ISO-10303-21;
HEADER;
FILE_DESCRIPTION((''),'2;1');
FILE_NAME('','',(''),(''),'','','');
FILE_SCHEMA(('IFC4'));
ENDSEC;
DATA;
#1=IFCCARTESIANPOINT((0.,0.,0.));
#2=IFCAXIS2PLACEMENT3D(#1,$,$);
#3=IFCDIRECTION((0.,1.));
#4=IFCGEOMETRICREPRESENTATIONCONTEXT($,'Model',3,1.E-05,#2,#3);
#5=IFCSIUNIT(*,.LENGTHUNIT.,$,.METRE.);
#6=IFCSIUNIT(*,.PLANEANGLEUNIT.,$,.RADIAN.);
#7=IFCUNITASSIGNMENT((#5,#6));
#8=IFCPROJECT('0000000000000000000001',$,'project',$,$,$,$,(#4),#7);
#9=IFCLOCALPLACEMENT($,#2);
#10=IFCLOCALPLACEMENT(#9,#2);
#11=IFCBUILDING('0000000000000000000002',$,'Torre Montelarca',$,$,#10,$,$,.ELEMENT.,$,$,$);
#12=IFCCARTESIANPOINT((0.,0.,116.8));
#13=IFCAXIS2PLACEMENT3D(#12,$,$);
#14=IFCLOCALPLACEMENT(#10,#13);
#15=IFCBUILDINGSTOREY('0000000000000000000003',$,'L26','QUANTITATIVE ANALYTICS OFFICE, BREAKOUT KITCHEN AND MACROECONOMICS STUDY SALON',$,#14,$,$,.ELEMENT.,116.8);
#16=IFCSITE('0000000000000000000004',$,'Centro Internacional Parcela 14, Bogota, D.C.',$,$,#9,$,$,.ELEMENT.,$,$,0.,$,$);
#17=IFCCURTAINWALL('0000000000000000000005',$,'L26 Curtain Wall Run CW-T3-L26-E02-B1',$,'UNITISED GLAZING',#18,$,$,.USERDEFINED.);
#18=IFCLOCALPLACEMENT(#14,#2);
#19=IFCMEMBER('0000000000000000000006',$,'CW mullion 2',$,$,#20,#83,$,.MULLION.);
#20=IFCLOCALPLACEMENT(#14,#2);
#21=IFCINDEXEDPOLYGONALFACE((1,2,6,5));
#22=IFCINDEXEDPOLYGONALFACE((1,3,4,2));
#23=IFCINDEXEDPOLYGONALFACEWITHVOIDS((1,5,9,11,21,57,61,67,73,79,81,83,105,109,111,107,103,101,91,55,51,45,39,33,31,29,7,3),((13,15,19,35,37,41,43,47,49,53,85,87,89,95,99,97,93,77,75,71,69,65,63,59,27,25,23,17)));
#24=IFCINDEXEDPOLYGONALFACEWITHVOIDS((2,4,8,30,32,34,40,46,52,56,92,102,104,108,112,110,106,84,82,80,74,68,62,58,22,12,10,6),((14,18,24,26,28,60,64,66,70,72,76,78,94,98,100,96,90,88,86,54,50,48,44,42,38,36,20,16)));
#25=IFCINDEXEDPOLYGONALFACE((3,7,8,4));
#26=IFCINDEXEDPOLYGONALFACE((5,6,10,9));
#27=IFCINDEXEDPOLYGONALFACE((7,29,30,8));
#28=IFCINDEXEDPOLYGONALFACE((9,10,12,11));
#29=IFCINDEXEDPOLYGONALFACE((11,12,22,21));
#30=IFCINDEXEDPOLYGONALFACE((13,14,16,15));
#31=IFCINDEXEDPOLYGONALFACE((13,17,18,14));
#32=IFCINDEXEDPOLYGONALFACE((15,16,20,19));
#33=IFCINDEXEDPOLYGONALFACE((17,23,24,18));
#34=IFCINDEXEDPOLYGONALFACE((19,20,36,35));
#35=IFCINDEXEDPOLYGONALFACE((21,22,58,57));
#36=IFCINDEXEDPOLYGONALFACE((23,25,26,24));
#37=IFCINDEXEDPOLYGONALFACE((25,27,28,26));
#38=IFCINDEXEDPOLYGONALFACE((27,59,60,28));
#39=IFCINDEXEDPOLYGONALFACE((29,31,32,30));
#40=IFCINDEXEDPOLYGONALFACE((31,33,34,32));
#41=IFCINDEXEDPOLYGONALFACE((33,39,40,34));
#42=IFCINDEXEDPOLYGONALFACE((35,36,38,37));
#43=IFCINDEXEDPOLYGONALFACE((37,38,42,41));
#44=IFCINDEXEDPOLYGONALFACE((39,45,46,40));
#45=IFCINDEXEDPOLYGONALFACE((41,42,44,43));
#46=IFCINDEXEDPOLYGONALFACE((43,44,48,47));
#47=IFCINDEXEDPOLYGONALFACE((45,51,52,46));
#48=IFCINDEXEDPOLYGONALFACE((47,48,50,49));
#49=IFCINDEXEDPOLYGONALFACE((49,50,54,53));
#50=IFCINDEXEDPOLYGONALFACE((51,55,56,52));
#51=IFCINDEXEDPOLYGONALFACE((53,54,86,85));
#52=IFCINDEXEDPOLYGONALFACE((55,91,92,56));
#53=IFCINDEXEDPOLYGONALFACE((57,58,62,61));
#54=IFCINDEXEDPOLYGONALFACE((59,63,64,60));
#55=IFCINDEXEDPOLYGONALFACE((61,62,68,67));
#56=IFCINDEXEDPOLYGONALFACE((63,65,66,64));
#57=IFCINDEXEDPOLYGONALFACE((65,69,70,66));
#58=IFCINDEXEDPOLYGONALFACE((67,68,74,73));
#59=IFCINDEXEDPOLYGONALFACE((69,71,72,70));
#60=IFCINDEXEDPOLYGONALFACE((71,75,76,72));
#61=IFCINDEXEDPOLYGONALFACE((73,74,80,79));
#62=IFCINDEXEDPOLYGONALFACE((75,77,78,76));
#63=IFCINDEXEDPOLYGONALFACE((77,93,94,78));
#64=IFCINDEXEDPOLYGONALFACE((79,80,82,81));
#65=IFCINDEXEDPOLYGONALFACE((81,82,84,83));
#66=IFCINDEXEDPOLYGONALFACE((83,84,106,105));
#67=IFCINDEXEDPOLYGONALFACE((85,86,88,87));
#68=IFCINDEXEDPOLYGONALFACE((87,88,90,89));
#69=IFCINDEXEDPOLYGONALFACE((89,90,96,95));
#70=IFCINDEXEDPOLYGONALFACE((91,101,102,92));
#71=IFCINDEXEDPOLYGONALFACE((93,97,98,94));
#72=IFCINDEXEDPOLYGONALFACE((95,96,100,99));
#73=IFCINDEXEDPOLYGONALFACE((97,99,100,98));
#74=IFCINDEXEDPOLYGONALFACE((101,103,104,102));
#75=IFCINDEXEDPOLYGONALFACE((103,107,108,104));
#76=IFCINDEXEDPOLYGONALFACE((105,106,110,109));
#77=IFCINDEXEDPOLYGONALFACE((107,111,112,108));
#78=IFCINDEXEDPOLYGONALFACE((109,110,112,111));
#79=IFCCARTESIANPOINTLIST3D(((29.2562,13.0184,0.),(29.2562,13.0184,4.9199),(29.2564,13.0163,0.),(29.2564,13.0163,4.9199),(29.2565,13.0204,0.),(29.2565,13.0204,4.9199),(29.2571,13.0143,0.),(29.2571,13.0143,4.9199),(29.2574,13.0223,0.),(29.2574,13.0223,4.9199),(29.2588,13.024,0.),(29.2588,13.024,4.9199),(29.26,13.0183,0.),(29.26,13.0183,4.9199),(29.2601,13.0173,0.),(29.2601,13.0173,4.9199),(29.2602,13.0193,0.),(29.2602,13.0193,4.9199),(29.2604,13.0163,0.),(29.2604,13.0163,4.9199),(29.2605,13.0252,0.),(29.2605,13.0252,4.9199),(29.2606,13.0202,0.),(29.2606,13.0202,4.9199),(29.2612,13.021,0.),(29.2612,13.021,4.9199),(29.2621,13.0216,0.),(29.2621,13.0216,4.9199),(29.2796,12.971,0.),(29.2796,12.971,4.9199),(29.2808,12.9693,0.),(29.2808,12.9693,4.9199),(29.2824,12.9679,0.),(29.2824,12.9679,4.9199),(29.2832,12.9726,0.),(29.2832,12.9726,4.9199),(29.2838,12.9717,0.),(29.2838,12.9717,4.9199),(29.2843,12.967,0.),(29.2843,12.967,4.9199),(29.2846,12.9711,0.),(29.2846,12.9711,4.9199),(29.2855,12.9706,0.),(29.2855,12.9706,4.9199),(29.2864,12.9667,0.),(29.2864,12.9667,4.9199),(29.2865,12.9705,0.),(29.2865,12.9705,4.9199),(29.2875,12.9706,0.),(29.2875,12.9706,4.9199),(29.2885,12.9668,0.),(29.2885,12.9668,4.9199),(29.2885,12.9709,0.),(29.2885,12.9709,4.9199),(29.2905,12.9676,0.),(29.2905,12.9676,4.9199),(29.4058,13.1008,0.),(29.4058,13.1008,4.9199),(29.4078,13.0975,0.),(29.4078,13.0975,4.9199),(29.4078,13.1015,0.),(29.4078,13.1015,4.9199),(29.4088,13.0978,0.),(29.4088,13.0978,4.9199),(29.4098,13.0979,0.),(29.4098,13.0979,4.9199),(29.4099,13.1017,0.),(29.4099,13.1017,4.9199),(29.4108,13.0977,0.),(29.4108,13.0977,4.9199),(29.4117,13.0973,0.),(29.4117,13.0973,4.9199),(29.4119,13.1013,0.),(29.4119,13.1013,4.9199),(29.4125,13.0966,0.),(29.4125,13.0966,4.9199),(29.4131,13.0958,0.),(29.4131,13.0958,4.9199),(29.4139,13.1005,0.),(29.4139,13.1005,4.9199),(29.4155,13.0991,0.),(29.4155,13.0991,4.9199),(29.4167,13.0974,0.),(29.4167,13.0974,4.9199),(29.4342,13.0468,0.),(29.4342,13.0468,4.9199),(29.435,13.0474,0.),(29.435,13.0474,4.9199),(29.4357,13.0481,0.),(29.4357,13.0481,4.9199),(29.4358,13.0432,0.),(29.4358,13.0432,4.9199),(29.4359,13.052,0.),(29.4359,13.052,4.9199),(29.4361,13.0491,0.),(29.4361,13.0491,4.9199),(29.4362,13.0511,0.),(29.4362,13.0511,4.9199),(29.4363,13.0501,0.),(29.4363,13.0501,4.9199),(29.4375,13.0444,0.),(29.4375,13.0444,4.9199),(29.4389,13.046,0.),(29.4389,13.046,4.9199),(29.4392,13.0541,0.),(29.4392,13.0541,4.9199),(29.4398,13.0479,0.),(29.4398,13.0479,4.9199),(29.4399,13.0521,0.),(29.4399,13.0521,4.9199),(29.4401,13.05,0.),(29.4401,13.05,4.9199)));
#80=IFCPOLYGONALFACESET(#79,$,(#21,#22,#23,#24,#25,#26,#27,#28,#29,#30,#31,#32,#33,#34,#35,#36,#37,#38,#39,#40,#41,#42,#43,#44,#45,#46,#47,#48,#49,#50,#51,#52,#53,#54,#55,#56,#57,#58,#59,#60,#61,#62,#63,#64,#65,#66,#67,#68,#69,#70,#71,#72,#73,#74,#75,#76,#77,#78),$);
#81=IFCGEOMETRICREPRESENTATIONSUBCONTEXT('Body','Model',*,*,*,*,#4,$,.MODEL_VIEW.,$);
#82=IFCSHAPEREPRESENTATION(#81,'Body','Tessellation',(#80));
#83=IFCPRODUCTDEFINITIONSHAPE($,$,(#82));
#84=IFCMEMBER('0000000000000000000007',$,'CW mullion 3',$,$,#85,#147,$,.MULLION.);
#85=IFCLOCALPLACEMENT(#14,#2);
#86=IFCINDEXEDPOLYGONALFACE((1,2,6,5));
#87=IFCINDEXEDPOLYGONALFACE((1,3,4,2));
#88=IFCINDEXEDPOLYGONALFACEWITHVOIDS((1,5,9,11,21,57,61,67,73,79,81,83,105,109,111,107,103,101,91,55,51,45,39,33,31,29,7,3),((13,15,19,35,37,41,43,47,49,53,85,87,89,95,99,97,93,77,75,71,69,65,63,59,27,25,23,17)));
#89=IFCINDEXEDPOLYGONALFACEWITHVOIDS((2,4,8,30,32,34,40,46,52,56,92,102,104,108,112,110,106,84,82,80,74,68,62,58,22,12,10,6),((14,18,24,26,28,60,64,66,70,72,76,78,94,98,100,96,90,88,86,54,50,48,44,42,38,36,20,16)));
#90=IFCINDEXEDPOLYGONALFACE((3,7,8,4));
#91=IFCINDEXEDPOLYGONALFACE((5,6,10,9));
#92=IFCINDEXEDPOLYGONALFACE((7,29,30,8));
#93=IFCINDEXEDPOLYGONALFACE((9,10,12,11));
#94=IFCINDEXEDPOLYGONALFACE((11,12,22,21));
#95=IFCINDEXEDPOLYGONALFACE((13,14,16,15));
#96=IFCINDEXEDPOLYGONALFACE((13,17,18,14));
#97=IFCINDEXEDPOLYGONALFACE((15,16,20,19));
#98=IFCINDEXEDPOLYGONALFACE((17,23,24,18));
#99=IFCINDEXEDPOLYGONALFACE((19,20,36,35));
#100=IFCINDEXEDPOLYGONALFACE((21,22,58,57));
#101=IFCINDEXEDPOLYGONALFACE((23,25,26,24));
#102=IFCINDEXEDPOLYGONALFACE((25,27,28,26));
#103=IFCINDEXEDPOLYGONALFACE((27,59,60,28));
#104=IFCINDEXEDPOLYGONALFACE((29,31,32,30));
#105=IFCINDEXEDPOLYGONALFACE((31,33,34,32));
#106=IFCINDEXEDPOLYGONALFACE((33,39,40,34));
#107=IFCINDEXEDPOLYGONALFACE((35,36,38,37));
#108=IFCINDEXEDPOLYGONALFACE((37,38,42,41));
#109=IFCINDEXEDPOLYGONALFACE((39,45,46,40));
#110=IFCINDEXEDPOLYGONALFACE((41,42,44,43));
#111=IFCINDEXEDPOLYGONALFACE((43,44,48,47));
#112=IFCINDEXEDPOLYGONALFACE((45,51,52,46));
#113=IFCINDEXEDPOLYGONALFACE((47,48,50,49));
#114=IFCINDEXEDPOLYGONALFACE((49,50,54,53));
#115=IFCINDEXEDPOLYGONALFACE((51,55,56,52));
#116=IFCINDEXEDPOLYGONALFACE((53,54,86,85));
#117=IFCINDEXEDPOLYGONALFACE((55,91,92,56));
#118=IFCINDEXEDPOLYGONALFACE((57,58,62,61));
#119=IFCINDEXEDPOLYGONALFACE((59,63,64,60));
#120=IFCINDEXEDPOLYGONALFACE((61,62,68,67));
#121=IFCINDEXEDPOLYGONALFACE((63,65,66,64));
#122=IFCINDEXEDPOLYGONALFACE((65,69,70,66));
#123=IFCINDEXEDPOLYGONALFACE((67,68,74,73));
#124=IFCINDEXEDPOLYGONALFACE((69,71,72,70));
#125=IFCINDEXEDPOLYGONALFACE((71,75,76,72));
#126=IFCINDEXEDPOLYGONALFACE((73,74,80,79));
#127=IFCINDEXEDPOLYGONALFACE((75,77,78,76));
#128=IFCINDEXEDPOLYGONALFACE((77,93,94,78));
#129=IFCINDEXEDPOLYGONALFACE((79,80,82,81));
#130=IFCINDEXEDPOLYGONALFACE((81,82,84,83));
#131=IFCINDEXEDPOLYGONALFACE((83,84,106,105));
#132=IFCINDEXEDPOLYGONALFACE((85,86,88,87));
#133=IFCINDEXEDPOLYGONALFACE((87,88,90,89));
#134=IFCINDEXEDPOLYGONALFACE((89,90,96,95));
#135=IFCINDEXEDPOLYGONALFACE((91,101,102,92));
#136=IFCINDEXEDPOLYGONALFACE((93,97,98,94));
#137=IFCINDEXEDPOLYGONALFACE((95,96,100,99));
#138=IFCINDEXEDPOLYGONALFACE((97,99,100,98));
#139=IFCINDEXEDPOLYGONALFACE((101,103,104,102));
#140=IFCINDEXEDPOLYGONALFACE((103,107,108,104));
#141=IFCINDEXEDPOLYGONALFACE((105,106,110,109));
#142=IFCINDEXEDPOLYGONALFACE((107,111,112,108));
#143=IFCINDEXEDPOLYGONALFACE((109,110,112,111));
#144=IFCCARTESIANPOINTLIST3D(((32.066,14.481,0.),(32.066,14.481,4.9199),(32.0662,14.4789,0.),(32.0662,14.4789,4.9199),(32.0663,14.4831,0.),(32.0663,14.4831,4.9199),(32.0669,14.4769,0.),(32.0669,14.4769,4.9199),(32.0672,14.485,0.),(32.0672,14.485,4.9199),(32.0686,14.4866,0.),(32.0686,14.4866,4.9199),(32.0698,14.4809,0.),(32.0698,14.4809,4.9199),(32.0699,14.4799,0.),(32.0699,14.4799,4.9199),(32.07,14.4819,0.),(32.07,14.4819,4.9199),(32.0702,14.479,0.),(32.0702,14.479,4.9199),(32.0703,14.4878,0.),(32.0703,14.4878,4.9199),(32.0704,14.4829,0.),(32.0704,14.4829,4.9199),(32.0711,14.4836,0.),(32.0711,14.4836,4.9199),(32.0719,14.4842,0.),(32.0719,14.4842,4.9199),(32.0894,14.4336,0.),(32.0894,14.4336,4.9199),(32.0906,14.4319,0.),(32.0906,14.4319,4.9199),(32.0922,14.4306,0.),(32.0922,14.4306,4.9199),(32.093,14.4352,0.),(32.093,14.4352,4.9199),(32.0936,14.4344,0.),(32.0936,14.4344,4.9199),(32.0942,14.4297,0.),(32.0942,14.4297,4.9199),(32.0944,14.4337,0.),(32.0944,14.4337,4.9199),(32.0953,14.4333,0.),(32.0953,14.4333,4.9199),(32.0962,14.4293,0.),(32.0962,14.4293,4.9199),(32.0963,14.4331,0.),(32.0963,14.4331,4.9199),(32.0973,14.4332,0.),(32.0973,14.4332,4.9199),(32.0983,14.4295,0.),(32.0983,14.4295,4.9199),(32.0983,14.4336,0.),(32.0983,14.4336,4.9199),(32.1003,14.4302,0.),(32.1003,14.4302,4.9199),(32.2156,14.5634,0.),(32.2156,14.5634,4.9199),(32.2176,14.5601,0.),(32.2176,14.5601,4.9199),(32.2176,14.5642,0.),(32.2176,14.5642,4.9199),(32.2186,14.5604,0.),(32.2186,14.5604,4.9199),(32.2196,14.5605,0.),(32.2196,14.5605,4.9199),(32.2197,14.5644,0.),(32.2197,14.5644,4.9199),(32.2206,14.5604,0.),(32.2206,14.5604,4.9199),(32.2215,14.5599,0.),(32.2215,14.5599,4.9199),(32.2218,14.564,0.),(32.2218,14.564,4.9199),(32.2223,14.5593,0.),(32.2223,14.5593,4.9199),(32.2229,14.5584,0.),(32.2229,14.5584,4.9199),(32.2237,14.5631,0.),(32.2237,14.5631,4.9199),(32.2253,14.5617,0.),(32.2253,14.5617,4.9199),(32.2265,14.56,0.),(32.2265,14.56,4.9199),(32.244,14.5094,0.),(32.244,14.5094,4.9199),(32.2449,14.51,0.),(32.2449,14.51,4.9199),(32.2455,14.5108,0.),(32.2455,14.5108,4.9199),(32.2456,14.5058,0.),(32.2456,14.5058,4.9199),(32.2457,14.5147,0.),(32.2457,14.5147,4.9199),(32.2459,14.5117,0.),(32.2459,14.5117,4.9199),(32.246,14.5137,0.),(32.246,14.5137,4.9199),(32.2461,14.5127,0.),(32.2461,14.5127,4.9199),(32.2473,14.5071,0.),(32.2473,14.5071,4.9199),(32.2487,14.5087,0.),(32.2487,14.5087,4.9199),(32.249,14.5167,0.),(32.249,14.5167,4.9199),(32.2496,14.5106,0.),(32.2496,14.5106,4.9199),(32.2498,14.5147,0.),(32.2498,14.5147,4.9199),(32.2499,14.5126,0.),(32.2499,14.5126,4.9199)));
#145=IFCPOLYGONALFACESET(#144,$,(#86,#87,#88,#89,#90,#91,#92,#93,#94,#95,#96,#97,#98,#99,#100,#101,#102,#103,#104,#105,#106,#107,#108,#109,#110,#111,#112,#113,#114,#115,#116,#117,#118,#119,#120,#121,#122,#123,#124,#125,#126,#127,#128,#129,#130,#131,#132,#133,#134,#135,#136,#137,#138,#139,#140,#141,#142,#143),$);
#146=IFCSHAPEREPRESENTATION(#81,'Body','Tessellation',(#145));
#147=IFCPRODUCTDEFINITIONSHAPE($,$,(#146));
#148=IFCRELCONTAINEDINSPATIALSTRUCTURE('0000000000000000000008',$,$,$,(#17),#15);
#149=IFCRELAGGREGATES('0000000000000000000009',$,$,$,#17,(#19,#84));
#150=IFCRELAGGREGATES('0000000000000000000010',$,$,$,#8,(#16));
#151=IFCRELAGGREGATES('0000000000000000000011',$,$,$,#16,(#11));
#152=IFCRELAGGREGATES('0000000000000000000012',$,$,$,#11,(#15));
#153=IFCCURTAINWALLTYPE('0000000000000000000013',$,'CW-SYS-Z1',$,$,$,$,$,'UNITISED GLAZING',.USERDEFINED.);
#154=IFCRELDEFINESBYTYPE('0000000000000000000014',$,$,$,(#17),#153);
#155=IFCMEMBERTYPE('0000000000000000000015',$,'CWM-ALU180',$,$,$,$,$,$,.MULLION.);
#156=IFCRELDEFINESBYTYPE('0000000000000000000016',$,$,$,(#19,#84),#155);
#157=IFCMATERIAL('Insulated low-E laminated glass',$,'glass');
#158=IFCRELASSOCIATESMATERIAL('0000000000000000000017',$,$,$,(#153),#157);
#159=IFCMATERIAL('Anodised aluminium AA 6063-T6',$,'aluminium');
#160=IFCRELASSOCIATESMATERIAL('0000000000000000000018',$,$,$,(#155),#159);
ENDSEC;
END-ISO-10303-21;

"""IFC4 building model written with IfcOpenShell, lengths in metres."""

from ifc_helpers import new_model, si_unit, direction, frame, origin, origin_2d, place, context, subcontext, project, spatial, hollow_rectangle, extrude, source, transform, mapped, material, material_profile, profile_set, type_object, element, aggregate, save


model = new_model("IFC4")

# Units and contexts
model_context = context("Model", 3, precision=1e-05, world=origin(), true_north=direction((0.0, 1.0)))
body_context = subcontext(model_context, "Body", "Model", "MODEL_VIEW")
ifc_project = project(units=[si_unit("LENGTHUNIT", "METRE"), si_unit("PLANEANGLEUNIT", "RADIAN")], contexts=[model_context])

# Site, building, storey
site_placement = place(None, origin())
site = spatial("IfcSite", under=ifc_project, at=site_placement, Name="Centro Internacional Parcela 14, Bogota, D.C.", CompositionType="ELEMENT", RefElevation=0.0)
building_placement = place(site_placement, origin())
building = spatial("IfcBuilding", under=site, at=building_placement, Name="Torre Montelarca", CompositionType="ELEMENT")
storey_placement = place(building_placement, frame((0.0, 0.0, 116.8)))
storey = spatial("IfcBuildingStorey", under=building, at=storey_placement, Name="L26", Description="QUANTITATIVE ANALYTICS OFFICE, BREAKOUT KITCHEN AND MACROECONOMICS STUDY SALON", CompositionType="ELEMENT", Elevation=116.8)

# Curtain wall, members
ifc_material_1 = material(Name="Insulated low-E laminated glass", Category="glass")
curtain_wall_type = type_object("IfcCurtainWallType", Name="CW-SYS-Z1", ElementType="UNITISED GLAZING", PredefinedType="USERDEFINED", material=ifc_material_1)
ifc_material_2 = material(Name="Anodised aluminium AA 6063-T6", Category="aluminium")
curtain_wall_1_placement = place(storey_placement, origin())
curtain_wall_1 = element("IfcCurtainWall", 1, at=curtain_wall_1_placement, inside=storey, type_object=curtain_wall_type, Name="L26 Curtain Wall Run CW-T3-L26-E02-B1", ObjectType="UNITISED GLAZING", PredefinedType="USERDEFINED")
ifc_material_profile_1 = material_profile(ifc_material_2, hollow_rectangle(XDim=0.0649, YDim=0.1799, WallThickness=0.0039, InnerFilletRadius=0.0039, OuterFilletRadius=0.0081, at=origin_2d()), Name="ALU65X180X4", Category="aluminium")
ifc_profile_set_1 = profile_set([ifc_material_profile_1], Name="Anodised aluminium AA 6063-T6")
member_type_1 = type_object("IfcMemberType", Name="CWM-ALU180", PredefinedType="MULLION", material=ifc_profile_set_1)
shared_shape_1 = source(origin(), body_context, "Body", "SweptSolid", [
    extrude(hollow_rectangle(XDim=0.0649, YDim=0.1799, WallThickness=0.0039, InnerFilletRadius=0.0039, OuterFilletRadius=0.0081, at=origin_2d()), origin(), (0.0, 0.0, 1.0), 4.9199),
])
member_1_placement = place(storey_placement, frame((29.3481, 13.0342, 0.0), z_axis=(0.0, 0.0, 1.0), x_axis=(-0.461741, 0.887015, 0.0)))
member_1 = element("IfcMember", 2, at=member_1_placement, type_object=member_type_1, Name="CW mullion 2", PredefinedType="MULLION", context=body_context, shape_type="MappedRepresentation", body=[
    mapped(shared_shape_1, transform((0.0, 0.0, 0.0), scale=1.0)),
])
member_2_placement = place(storey_placement, frame((32.158, 14.4968, 0.0), z_axis=(0.0, 0.0, 1.0), x_axis=(-0.461741, 0.887015, 0.0)))
member_2 = element("IfcMember", 3, at=member_2_placement, type_object=member_type_1, Name="CW mullion 3", PredefinedType="MULLION", context=body_context, shape_type="MappedRepresentation", body=[
    mapped(shared_shape_1, transform((0.0, 0.0, 0.0), scale=1.0)),
])

aggregate(curtain_wall_1, [member_1, member_2])

save(model, "model.ifc")
